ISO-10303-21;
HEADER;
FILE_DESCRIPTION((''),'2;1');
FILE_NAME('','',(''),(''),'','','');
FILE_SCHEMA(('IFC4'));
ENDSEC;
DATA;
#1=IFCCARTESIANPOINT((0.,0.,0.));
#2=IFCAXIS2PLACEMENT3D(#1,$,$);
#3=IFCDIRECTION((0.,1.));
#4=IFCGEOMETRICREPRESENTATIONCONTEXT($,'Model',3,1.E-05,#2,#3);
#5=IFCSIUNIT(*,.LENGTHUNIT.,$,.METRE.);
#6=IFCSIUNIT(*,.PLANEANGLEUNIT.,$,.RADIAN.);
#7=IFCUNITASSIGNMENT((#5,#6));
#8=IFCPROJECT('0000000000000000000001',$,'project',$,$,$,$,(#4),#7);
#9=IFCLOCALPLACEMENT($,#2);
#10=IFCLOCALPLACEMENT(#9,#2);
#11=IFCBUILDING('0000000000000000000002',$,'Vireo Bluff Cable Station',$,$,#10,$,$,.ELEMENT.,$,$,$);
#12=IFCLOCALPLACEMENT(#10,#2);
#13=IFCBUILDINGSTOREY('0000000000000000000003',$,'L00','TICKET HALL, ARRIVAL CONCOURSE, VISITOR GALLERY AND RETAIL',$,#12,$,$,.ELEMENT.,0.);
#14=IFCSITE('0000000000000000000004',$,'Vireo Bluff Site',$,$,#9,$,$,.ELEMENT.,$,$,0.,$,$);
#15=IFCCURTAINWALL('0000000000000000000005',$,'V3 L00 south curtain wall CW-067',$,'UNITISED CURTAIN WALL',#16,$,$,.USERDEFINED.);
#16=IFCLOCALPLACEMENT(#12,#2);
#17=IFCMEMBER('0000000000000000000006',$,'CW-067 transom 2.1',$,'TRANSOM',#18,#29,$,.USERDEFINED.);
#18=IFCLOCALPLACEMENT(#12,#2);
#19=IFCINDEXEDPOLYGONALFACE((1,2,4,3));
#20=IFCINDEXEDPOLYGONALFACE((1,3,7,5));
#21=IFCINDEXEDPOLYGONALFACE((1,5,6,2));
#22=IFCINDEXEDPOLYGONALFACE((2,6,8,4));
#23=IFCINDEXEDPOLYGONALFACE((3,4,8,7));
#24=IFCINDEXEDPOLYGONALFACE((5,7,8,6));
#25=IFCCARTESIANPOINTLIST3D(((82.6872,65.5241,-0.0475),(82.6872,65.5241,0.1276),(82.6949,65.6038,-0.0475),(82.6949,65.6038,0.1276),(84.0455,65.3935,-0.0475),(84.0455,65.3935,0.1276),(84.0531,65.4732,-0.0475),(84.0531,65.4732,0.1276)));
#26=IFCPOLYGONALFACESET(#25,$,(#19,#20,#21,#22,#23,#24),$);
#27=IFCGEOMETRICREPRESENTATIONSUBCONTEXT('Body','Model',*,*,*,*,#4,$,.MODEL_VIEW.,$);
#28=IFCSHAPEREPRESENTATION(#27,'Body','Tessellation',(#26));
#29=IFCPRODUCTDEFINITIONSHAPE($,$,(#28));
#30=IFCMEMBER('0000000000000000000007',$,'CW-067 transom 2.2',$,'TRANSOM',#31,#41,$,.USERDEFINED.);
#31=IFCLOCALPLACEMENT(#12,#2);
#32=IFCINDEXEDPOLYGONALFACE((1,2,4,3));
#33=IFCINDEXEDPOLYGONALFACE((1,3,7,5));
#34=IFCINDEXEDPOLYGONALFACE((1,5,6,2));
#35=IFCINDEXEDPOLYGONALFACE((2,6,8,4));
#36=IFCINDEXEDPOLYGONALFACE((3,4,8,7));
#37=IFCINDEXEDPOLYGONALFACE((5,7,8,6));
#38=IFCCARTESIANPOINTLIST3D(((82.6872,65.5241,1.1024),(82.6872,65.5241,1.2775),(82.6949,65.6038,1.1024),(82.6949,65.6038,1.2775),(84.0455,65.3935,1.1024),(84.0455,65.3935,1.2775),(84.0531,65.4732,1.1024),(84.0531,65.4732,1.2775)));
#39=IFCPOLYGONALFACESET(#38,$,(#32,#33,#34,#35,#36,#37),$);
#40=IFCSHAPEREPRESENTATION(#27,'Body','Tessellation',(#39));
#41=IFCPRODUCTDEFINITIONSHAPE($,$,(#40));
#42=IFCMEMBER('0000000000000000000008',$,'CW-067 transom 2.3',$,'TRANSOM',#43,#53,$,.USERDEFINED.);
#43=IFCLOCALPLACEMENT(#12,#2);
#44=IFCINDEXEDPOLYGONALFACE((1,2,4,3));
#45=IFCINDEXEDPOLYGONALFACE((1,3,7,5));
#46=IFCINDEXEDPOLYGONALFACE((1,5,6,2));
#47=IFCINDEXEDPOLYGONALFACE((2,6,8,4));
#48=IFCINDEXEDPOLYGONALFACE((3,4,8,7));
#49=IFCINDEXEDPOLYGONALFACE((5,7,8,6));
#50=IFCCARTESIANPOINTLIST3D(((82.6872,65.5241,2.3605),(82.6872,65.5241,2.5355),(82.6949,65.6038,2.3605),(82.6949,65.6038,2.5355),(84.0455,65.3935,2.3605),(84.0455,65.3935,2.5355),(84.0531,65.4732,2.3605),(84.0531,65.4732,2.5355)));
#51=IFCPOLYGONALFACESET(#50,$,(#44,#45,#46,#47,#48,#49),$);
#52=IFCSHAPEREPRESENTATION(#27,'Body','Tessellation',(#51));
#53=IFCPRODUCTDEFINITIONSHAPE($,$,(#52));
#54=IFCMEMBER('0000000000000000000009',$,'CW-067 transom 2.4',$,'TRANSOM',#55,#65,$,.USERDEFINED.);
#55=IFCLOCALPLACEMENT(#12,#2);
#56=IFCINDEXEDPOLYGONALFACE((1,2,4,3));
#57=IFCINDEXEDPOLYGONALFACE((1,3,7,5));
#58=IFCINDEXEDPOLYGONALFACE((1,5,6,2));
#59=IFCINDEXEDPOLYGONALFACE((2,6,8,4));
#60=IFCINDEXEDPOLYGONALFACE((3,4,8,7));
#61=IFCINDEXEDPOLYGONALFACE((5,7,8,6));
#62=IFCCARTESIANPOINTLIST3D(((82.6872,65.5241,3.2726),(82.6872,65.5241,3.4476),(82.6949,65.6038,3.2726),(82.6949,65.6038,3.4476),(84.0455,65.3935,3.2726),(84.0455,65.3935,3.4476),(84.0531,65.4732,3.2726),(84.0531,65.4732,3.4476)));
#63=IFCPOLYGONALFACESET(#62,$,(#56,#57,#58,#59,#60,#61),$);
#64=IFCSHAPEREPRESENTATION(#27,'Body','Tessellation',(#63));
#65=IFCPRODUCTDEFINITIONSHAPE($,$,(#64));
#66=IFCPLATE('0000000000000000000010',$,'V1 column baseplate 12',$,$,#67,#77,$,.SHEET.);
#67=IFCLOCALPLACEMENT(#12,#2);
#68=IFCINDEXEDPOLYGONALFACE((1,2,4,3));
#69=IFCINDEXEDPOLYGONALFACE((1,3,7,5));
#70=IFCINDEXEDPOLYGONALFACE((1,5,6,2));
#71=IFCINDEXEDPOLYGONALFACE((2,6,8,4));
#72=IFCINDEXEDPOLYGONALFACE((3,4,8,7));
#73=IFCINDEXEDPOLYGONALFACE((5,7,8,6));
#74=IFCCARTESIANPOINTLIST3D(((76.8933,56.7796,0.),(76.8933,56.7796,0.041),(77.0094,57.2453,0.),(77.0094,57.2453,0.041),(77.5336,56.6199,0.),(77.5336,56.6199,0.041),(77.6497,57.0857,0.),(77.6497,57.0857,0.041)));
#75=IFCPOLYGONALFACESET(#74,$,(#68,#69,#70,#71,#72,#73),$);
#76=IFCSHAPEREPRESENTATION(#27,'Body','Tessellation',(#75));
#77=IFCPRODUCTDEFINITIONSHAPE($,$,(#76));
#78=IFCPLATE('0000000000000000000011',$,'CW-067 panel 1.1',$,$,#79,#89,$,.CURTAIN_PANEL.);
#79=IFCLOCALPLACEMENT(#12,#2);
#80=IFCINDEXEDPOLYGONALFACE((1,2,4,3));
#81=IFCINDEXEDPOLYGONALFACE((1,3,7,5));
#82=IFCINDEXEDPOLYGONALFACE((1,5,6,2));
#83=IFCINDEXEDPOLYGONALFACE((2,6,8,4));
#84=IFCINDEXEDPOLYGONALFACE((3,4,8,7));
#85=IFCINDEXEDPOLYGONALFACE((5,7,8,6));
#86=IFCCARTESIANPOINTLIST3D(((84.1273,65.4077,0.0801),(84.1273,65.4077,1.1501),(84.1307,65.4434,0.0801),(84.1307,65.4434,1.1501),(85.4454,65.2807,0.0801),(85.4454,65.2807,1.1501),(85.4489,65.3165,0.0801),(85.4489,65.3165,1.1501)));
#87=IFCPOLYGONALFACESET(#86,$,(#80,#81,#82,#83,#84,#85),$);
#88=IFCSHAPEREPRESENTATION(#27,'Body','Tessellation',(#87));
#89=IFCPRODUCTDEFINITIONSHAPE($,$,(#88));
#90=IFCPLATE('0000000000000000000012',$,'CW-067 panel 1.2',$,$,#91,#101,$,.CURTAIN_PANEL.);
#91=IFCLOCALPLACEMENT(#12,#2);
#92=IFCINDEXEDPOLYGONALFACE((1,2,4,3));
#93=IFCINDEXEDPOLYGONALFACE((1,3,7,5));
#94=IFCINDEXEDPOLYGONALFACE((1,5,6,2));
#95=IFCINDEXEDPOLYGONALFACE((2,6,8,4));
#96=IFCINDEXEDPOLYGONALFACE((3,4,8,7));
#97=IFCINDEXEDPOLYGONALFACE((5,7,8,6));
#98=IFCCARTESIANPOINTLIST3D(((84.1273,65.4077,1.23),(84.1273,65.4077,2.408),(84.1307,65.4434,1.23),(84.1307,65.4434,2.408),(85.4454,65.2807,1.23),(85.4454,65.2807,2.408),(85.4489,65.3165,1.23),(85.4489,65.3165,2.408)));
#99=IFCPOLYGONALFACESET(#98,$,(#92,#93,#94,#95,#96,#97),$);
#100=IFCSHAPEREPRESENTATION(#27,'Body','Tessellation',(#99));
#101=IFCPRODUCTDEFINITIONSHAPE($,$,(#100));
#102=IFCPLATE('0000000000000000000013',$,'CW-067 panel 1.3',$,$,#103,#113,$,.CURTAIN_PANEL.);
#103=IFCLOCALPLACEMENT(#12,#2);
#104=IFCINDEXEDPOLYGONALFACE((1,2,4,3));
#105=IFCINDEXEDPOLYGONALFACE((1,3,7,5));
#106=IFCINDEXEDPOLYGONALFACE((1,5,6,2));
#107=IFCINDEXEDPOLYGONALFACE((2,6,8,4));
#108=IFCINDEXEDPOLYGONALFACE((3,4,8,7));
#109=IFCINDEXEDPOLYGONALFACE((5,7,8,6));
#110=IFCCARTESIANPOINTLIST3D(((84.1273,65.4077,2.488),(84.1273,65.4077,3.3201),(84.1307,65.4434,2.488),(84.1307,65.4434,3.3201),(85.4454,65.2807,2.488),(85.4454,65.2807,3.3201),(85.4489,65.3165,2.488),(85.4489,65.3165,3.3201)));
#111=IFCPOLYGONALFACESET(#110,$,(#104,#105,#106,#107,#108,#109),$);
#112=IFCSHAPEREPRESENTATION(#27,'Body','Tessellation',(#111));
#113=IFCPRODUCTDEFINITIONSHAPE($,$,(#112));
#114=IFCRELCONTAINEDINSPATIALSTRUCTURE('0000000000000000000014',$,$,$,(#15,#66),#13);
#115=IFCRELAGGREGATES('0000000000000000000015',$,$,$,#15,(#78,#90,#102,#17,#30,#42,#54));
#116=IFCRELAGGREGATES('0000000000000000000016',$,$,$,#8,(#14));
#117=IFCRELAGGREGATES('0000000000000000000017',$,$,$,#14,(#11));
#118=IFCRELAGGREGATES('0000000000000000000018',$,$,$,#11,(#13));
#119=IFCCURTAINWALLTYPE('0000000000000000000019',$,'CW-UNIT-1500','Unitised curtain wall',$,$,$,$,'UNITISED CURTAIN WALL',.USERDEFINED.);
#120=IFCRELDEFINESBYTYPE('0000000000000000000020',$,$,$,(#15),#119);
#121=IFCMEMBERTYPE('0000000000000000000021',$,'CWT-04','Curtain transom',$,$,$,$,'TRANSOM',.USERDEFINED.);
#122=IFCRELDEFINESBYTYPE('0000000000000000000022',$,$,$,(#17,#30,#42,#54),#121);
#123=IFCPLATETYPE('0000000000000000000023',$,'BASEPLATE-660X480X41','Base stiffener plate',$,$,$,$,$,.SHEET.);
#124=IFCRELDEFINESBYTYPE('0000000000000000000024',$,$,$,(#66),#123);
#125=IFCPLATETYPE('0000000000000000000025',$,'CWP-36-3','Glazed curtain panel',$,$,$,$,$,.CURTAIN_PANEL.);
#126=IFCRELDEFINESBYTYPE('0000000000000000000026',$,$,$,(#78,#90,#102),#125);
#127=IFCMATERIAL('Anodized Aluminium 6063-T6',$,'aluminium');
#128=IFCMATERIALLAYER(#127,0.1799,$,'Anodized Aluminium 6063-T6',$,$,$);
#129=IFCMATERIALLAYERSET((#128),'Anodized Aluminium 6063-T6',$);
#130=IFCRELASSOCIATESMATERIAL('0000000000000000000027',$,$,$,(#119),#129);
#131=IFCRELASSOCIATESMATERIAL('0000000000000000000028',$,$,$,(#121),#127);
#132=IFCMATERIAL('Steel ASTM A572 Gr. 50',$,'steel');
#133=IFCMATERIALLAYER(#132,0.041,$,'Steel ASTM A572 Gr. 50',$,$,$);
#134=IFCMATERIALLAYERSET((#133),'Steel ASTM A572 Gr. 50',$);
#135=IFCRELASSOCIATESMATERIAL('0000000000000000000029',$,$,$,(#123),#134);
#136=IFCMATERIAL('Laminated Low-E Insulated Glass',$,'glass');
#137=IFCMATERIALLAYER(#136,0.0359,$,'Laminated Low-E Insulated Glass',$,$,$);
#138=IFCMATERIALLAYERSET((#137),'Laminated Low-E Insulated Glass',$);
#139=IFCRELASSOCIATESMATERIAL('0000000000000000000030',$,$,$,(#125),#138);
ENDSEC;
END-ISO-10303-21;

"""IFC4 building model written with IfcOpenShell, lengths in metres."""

from ifc_helpers import new_model, si_unit, direction, frame, origin, origin_2d, place, context, subcontext, project, spatial, rectangle, extrude, material, layer, layer_set, material_profile, profile_set, type_object, element, aggregate, save


model = new_model("IFC4")

# Units and contexts
model_context = context("Model", 3, precision=1e-05, world=origin(), true_north=direction((0.0, 1.0)))
body_context = subcontext(model_context, "Body", "Model", "MODEL_VIEW")
ifc_project = project(units=[si_unit("LENGTHUNIT", "METRE"), si_unit("PLANEANGLEUNIT", "RADIAN")], contexts=[model_context])

# Site, building, storey
site_placement = place(None, origin())
site = spatial("IfcSite", under=ifc_project, at=site_placement, Name="Vireo Bluff Site", CompositionType="ELEMENT", RefElevation=0.0)
building_placement = place(site_placement, origin())
building = spatial("IfcBuilding", under=site, at=building_placement, Name="Vireo Bluff Cable Station", CompositionType="ELEMENT")
storey_placement = place(building_placement, origin())
storey = spatial("IfcBuildingStorey", under=building, at=storey_placement, Name="L00", Description="TICKET HALL, ARRIVAL CONCOURSE, VISITOR GALLERY AND RETAIL", CompositionType="ELEMENT", Elevation=0.0)

# Curtain wall, members
ifc_material_1 = material(Name="Anodized Aluminium 6063-T6", Category="aluminium")
ifc_layer_1 = layer(ifc_material_1, 0.1799, Name="Anodized Aluminium 6063-T6")
ifc_layer_set_1 = layer_set([ifc_layer_1], Name="Anodized Aluminium 6063-T6")
curtain_wall_type = type_object("IfcCurtainWallType", Name="CW-UNIT-1500", Description="Unitised curtain wall", ElementType="UNITISED CURTAIN WALL", PredefinedType="USERDEFINED", material=ifc_layer_set_1)
curtain_wall_placement = place(storey_placement, origin())
curtain_wall = element("IfcCurtainWall", 1, at=curtain_wall_placement, inside=storey, type_object=curtain_wall_type, Name="V3 L00 south curtain wall CW-067", ObjectType="UNITISED CURTAIN WALL", PredefinedType="USERDEFINED")
ifc_material_profile_1 = material_profile(ifc_material_1, rectangle(XDim=0.0801, YDim=0.175, at=origin_2d()), Name="ALU-T-80X175")
ifc_profile_set_1 = profile_set([ifc_material_profile_1], Name="Anodized Aluminium 6063-T6")
member_type_1 = type_object("IfcMemberType", Name="CWT-04", Description="Curtain transom", ElementType="TRANSOM", PredefinedType="USERDEFINED", material=ifc_profile_set_1)
member_1_placement = place(storey_placement, frame((84.0493, 65.4333, 0.04), z_axis=(-0.995407, 0.095729, 0.0), x_axis=(-0.095729, -0.995407, 0.0)))
member_1 = element("IfcMember", 2, at=member_1_placement, type_object=member_type_1, Name="CW-067 transom 2.1", ObjectType="TRANSOM", PredefinedType="USERDEFINED", context=body_context, shape_type="SweptSolid", body=[
    extrude(rectangle(XDim=0.0801, YDim=0.175, at=origin_2d()), origin(), (0.0, 0.0, 1.0), 1.3645),
])
member_2_placement = place(storey_placement, frame((84.0493, 65.4333, 1.1899), z_axis=(-0.995407, 0.095729, 0.0), x_axis=(-0.095729, -0.995407, 0.0)))
member_2 = element("IfcMember", 3, at=member_2_placement, type_object=member_type_1, Name="CW-067 transom 2.2", ObjectType="TRANSOM", PredefinedType="USERDEFINED", context=body_context, shape_type="SweptSolid", body=[
    extrude(rectangle(XDim=0.0801, YDim=0.175, at=origin_2d()), origin(), (0.0, 0.0, 1.0), 1.3645),
])
member_3_placement = place(storey_placement, frame((84.0493, 65.4333, 2.448), z_axis=(-0.995407, 0.095729, 0.0), x_axis=(-0.095729, -0.995407, 0.0)))
member_3 = element("IfcMember", 4, at=member_3_placement, type_object=member_type_1, Name="CW-067 transom 2.3", ObjectType="TRANSOM", PredefinedType="USERDEFINED", context=body_context, shape_type="SweptSolid", body=[
    extrude(rectangle(XDim=0.0801, YDim=0.175, at=origin_2d()), origin(), (0.0, 0.0, 1.0), 1.3645),
])
member_4_placement = place(storey_placement, frame((84.0493, 65.4333, 3.3601), z_axis=(-0.995407, 0.095729, 0.0), x_axis=(-0.095729, -0.995407, 0.0)))
member_4 = element("IfcMember", 5, at=member_4_placement, type_object=member_type_1, Name="CW-067 transom 2.4", ObjectType="TRANSOM", PredefinedType="USERDEFINED", context=body_context, shape_type="SweptSolid", body=[
    extrude(rectangle(XDim=0.0801, YDim=0.175, at=origin_2d()), origin(), (0.0, 0.0, 1.0), 1.3645),
])

# Plates
ifc_material_2 = material(Name="Steel ASTM A572 Gr. 50", Category="steel")
ifc_layer_2 = layer(ifc_material_2, 0.041, Name="Steel ASTM A572 Gr. 50")
ifc_layer_set_2 = layer_set([ifc_layer_2], Name="Steel ASTM A572 Gr. 50")
plate_type_1 = type_object("IfcPlateType", Name="BASEPLATE-660X480X41", Description="Base stiffener plate", PredefinedType="SHEET", material=ifc_layer_set_2)
plate_1_placement = place(storey_placement, frame((77.2715, 56.9326, 0.0), z_axis=(0.0, 0.0, 1.0), x_axis=(0.970296, -0.241922, 0.0)))
element("IfcPlate", 6, at=plate_1_placement, inside=storey, type_object=plate_type_1, Name="V1 column baseplate 12", PredefinedType="SHEET", context=body_context, shape_type="SweptSolid", body=[
    extrude(rectangle(XDim=0.6599, YDim=0.48, at=origin_2d()), origin(), (0.0, 0.0, 1.0), 0.041),
])
ifc_material_3 = material(Name="Laminated Low-E Insulated Glass", Category="glass")
ifc_layer_3 = layer(ifc_material_3, 0.0359, Name="Laminated Low-E Insulated Glass")
ifc_layer_set_3 = layer_set([ifc_layer_3], Name="Laminated Low-E Insulated Glass")
plate_type_2 = type_object("IfcPlateType", Name="CWP-36-3", Description="Glazed curtain panel", PredefinedType="CURTAIN_PANEL", material=ifc_layer_set_3)
plate_2_placement = place(storey_placement, frame((84.7881, 65.3621, 0.0801), z_axis=(0.0, 0.0, 1.0), x_axis=(-0.995396, 0.095846, 0.0)))
plate_2 = element("IfcPlate", 7, at=plate_2_placement, type_object=plate_type_2, Name="CW-067 panel 1.1", PredefinedType="CURTAIN_PANEL", context=body_context, shape_type="SweptSolid", body=[
    extrude(rectangle(XDim=1.3242, YDim=0.0359, at=origin_2d()), origin(), (0.0, 0.0, 1.0), 1.0701),
])
plate_3_placement = place(storey_placement, frame((84.7881, 65.3621, 1.23), z_axis=(0.0, 0.0, 1.0), x_axis=(-0.995396, 0.095846, 0.0)))
plate_3 = element("IfcPlate", 8, at=plate_3_placement, type_object=plate_type_2, Name="CW-067 panel 1.2", PredefinedType="CURTAIN_PANEL", context=body_context, shape_type="SweptSolid", body=[
    extrude(rectangle(XDim=1.3242, YDim=0.0359, at=origin_2d()), origin(), (0.0, 0.0, 1.0), 1.178),
])
plate_4_placement = place(storey_placement, frame((84.7881, 65.3621, 2.488), z_axis=(0.0, 0.0, 1.0), x_axis=(-0.995396, 0.095846, 0.0)))
plate_4 = element("IfcPlate", 9, at=plate_4_placement, type_object=plate_type_2, Name="CW-067 panel 1.3", PredefinedType="CURTAIN_PANEL", context=body_context, shape_type="SweptSolid", body=[
    extrude(rectangle(XDim=1.3242, YDim=0.0359, at=origin_2d()), origin(), (0.0, 0.0, 1.0), 0.832),
])
aggregate(curtain_wall, [plate_2, plate_3, plate_4, member_1, member_2, member_3, member_4])

save(model, "model.ifc")
